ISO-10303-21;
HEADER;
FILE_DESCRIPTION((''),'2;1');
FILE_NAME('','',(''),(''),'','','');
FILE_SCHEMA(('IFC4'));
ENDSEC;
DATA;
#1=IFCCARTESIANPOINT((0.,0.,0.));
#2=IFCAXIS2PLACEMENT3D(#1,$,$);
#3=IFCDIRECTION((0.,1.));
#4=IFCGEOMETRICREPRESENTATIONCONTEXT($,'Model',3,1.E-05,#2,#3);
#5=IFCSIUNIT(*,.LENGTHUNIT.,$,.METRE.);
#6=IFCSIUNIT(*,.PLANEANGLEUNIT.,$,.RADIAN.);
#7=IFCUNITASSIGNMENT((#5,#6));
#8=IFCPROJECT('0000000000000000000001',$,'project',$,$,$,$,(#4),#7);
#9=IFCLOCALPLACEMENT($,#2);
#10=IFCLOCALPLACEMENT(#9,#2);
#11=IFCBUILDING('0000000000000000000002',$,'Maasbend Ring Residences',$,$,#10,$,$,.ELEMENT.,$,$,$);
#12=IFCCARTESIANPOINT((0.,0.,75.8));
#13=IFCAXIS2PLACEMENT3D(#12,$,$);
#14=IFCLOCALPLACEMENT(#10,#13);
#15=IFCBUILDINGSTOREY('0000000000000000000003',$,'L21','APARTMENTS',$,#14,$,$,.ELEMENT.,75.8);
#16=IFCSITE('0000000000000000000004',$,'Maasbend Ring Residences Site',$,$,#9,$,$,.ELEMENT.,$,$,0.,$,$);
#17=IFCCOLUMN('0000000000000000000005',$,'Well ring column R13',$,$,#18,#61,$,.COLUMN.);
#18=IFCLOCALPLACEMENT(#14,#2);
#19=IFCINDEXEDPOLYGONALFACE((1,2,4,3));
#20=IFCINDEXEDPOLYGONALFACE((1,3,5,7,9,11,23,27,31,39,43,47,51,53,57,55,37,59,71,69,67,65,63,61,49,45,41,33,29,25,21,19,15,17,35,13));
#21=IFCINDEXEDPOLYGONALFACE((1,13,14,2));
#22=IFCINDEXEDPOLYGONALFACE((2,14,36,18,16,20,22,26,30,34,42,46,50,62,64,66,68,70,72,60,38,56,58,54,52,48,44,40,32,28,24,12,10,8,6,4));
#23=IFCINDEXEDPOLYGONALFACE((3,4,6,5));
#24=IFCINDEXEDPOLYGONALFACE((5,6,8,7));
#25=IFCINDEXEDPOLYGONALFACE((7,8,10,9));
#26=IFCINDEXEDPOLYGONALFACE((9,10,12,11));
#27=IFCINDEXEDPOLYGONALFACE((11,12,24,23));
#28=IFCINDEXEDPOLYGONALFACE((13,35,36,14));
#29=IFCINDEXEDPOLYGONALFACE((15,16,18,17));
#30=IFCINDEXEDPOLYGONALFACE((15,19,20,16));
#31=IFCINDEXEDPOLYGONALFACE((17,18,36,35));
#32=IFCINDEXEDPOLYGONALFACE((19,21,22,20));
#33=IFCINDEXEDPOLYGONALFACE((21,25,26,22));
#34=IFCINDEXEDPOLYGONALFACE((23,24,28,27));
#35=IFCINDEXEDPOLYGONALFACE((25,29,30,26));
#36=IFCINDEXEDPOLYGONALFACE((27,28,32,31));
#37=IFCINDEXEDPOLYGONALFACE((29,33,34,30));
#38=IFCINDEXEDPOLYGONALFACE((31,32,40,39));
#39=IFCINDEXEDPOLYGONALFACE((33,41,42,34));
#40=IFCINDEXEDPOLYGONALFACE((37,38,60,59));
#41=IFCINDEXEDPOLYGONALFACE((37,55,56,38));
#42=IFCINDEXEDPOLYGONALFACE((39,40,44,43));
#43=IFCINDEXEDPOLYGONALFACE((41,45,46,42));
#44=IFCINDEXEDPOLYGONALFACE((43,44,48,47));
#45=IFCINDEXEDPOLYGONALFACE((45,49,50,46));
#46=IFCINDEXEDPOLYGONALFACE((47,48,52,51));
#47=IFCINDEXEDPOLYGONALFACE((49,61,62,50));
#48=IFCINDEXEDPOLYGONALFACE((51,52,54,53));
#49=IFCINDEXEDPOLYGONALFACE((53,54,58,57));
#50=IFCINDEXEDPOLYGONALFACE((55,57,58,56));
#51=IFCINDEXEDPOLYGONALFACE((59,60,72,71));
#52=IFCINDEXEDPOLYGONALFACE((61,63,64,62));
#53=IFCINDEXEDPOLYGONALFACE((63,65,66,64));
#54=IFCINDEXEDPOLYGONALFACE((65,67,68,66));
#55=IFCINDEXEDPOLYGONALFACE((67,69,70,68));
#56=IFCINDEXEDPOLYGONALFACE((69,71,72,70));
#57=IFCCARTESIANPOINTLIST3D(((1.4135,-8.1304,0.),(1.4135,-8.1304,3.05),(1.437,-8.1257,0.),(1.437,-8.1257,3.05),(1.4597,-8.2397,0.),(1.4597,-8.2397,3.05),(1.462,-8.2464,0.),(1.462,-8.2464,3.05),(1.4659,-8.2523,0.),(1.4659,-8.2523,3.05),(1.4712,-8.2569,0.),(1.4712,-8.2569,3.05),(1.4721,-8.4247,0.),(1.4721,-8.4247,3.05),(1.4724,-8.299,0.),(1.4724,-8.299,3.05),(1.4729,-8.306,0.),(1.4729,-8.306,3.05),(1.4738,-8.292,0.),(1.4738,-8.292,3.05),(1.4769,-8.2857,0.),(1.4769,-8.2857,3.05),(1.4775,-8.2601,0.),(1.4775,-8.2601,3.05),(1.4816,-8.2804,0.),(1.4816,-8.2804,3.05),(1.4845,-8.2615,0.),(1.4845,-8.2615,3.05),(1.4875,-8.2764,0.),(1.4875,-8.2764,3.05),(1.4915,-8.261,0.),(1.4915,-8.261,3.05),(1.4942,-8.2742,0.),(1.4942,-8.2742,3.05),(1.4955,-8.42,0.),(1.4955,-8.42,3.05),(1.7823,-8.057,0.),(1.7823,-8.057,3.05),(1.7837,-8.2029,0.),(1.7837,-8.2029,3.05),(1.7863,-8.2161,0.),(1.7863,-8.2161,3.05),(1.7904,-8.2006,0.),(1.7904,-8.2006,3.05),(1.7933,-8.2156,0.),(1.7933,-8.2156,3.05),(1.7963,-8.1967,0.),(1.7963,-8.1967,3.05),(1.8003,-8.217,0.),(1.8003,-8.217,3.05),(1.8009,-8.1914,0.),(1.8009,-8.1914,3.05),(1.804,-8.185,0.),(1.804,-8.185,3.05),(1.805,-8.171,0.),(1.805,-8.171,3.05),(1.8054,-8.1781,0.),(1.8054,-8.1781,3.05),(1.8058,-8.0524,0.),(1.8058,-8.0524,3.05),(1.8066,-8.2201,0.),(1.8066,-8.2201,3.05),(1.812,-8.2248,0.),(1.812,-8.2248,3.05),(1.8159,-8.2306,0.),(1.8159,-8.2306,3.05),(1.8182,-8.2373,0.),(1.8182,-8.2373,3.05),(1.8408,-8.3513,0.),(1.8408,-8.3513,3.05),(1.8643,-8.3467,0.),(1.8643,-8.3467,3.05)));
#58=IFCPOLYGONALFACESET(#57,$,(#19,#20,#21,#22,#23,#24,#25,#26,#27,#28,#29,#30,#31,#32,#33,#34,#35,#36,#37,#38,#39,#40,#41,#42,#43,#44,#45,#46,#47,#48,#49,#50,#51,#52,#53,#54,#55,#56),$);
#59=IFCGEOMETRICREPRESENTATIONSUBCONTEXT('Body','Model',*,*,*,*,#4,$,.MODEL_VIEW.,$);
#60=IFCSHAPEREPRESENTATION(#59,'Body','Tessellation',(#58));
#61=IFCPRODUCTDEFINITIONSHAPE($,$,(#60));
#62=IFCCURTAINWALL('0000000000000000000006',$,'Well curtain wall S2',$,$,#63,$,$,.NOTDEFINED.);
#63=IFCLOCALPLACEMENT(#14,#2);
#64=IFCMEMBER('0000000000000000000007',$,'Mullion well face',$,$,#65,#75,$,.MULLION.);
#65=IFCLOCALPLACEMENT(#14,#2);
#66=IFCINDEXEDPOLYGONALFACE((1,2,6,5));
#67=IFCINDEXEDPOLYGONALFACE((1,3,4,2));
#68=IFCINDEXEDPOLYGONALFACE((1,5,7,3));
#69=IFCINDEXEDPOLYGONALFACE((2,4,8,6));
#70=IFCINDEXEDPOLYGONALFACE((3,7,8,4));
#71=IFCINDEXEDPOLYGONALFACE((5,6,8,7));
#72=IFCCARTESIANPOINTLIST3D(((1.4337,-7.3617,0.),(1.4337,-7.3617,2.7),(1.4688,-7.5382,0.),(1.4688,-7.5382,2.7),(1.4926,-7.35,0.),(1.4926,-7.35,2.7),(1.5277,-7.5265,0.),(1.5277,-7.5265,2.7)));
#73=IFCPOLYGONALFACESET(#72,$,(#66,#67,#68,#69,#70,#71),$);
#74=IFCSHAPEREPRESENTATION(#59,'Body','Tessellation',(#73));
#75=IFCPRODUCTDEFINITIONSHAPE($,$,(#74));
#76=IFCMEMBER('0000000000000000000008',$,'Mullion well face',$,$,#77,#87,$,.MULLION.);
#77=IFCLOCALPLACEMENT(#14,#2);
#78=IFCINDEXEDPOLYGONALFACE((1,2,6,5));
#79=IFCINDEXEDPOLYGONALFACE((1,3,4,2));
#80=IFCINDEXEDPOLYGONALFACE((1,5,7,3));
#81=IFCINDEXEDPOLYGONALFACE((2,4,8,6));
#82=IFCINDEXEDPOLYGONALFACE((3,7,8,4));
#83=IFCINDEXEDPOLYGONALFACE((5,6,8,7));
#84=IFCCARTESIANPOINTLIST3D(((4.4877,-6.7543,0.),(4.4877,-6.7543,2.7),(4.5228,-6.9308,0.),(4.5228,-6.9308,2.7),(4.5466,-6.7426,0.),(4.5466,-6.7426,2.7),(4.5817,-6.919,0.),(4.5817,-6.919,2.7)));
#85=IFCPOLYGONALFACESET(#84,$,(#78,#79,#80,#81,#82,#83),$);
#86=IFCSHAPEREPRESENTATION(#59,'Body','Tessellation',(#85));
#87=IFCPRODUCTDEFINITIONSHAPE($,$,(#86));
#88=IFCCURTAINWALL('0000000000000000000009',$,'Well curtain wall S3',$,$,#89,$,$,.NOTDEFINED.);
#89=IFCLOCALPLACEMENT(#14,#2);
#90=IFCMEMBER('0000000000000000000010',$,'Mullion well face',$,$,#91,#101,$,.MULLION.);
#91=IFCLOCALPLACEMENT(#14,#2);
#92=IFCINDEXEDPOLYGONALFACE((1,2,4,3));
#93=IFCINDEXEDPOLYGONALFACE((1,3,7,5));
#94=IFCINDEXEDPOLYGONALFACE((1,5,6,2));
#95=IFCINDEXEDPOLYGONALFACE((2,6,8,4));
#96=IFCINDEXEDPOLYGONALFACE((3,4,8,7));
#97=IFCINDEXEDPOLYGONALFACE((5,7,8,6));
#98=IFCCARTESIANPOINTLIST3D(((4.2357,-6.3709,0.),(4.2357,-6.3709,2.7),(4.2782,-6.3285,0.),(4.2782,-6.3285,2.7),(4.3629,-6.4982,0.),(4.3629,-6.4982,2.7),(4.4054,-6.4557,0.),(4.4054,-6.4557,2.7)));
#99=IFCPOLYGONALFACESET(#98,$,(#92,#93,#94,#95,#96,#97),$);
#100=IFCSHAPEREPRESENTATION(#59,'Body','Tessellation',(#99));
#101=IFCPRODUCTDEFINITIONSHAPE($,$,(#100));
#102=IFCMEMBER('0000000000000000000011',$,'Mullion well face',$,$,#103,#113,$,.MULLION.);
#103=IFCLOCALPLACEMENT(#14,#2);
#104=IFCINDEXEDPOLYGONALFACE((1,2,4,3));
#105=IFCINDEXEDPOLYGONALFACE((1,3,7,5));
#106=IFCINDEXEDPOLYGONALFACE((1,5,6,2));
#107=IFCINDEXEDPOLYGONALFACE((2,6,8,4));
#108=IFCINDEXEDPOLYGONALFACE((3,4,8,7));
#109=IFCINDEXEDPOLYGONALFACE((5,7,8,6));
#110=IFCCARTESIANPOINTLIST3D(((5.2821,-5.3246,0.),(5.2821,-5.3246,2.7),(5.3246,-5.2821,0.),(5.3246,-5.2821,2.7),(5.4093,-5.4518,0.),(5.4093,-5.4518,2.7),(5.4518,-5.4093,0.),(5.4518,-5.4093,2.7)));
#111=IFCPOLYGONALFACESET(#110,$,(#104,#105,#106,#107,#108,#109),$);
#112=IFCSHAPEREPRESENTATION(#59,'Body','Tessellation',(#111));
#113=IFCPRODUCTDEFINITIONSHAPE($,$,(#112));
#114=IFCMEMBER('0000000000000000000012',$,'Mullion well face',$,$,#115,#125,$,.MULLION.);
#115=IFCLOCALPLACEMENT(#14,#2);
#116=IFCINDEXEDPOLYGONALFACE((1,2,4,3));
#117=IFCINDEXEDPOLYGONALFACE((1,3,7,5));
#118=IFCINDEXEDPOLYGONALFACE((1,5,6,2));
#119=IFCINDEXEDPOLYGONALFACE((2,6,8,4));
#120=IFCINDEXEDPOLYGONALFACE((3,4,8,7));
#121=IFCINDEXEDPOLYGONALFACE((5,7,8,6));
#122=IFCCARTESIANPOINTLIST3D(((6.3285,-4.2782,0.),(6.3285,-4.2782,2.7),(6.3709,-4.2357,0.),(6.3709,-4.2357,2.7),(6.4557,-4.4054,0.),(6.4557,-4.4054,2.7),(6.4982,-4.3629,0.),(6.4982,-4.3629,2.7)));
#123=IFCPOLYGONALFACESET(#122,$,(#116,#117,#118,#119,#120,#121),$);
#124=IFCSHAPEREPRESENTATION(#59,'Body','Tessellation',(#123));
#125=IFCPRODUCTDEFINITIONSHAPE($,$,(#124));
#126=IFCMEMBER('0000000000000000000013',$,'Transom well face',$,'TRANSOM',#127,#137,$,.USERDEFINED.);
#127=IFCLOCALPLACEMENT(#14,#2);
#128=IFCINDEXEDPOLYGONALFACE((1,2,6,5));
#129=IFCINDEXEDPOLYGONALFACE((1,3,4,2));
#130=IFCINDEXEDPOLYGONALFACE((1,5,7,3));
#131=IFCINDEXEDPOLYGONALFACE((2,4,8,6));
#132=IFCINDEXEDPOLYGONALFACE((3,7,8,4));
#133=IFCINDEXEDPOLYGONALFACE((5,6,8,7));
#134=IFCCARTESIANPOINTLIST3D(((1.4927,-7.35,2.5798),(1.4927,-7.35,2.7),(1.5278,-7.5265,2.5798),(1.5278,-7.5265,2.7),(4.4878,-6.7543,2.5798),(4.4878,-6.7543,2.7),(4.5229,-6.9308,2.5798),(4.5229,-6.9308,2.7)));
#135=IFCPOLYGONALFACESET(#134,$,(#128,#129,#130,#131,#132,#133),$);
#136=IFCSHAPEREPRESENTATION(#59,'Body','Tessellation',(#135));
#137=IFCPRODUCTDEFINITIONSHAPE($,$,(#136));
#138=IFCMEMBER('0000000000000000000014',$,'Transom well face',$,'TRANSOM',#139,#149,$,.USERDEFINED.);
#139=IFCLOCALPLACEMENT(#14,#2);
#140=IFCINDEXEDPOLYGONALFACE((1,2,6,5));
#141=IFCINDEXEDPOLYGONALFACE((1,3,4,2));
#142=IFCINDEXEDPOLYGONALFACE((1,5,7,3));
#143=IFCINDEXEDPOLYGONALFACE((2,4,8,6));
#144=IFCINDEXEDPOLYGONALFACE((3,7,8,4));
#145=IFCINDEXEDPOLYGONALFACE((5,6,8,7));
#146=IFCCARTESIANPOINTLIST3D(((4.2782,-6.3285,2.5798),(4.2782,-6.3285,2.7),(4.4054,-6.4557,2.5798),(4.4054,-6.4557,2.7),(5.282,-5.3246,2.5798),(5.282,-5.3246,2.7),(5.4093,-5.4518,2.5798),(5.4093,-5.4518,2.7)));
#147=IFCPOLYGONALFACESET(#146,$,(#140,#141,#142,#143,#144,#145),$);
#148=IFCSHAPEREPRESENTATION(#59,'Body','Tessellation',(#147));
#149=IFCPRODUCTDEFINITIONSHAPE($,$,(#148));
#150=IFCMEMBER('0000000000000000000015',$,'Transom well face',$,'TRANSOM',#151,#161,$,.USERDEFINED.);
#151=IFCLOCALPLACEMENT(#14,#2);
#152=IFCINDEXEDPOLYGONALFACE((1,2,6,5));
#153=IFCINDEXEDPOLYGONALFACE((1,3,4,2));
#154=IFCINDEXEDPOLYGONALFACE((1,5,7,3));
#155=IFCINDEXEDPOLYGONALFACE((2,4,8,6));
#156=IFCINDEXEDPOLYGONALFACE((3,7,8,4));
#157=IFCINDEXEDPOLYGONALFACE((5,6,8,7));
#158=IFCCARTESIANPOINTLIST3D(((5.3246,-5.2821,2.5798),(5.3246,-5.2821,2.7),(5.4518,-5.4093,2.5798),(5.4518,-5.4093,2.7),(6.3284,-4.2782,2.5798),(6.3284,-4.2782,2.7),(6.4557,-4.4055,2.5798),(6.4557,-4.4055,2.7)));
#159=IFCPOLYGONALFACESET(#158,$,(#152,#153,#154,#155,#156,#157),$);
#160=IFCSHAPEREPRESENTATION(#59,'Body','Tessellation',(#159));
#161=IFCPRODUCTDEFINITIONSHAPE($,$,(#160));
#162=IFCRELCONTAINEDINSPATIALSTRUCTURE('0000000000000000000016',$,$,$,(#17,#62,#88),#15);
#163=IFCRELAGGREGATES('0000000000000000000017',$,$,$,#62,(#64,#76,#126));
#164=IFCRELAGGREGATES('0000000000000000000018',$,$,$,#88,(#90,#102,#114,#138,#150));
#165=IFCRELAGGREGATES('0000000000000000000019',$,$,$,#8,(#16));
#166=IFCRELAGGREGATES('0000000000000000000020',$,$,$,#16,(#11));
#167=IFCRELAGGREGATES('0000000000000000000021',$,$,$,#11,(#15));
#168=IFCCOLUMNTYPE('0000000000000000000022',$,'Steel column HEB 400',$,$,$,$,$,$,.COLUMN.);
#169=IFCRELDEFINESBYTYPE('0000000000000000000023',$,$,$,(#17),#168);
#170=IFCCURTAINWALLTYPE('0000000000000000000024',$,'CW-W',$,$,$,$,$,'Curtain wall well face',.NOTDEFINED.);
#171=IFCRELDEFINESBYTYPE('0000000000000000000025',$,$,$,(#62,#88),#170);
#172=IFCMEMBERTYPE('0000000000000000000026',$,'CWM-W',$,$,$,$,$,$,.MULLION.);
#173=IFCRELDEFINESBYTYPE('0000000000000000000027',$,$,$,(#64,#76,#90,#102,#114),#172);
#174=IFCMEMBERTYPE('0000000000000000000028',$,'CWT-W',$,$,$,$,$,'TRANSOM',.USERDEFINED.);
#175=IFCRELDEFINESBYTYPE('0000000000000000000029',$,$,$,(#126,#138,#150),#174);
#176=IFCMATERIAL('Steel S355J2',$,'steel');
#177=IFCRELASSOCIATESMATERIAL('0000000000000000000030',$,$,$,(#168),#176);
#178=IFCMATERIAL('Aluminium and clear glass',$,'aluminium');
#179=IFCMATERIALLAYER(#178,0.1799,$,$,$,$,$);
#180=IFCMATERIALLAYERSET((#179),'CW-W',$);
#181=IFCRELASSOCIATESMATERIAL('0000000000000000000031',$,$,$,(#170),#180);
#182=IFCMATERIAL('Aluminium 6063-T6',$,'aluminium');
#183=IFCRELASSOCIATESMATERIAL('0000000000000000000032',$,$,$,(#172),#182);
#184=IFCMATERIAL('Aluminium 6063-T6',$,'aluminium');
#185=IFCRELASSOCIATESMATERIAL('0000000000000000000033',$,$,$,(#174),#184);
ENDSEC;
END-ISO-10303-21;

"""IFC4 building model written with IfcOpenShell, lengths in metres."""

from ifc_helpers import new_model, si_unit, direction, frame, origin, origin_2d, place, context, subcontext, project, spatial, rectangle, i_section, extrude, material, layer, layer_set, material_profile, profile_set, type_object, element, aggregate, save


model = new_model("IFC4")

# Units and contexts
model_context = context("Model", 3, precision=1e-05, world=origin(), true_north=direction((0.0, 1.0)))
body_context = subcontext(model_context, "Body", "Model", "MODEL_VIEW")
ifc_project = project(units=[si_unit("LENGTHUNIT", "METRE"), si_unit("PLANEANGLEUNIT", "RADIAN")], contexts=[model_context])

# Site, building, storey
site_placement = place(None, origin())
site = spatial("IfcSite", under=ifc_project, at=site_placement, Name="Maasbend Ring Residences Site", CompositionType="ELEMENT", RefElevation=0.0)
building_placement = place(site_placement, origin())
building = spatial("IfcBuilding", under=site, at=building_placement, Name="Maasbend Ring Residences", CompositionType="ELEMENT")
storey_placement = place(building_placement, frame((0.0, 0.0, 75.8)))
storey = spatial("IfcBuildingStorey", under=building, at=storey_placement, Name="L21", Description="APARTMENTS", CompositionType="ELEMENT", Elevation=75.8)

# Column
ifc_material_1 = material(Name="Steel S355J2", Category="steel")
ifc_material_profile_1 = material_profile(ifc_material_1, i_section(OverallWidth=0.3, OverallDepth=0.3999, WebThickness=0.0134, FlangeThickness=0.0239, FilletRadius=0.0271, at=origin_2d()), Name="HEB 400")
ifc_profile_set_1 = profile_set([ifc_material_profile_1], Name="Steel S355J2")
column_type = type_object("IfcColumnType", Name="Steel column HEB 400", PredefinedType="COLUMN", material=ifc_profile_set_1)
column_placement = place(storey_placement, frame((1.6389, -8.2385, 0.0), z_axis=(0.0, 0.0, 1.0), x_axis=(0.19509, -0.980785, 0.0)))
element("IfcColumn", 1, at=column_placement, inside=storey, type_object=column_type, Name="Well ring column R13", PredefinedType="COLUMN", context=body_context, shape_type="SweptSolid", body=[
    extrude(i_section(OverallWidth=0.3, OverallDepth=0.3999, WebThickness=0.0134, FlangeThickness=0.0239, FilletRadius=0.0271, at=origin_2d()), origin(), (0.0, 0.0, 1.0), 3.05),
])

# Curtain walls, members
ifc_material_2 = material(Name="Aluminium and clear glass", Category="aluminium")
ifc_layer_1 = layer(ifc_material_2, 0.1799)
ifc_layer_set_1 = layer_set([ifc_layer_1], Name="CW-W")
curtain_wall_type = type_object("IfcCurtainWallType", Name="CW-W", ElementType="Curtain wall well face", PredefinedType="NOTDEFINED", material=ifc_layer_set_1)
curtain_wall_1_placement = place(storey_placement, origin())
curtain_wall_1 = element("IfcCurtainWall", 2, at=curtain_wall_1_placement, inside=storey, type_object=curtain_wall_type, Name="Well curtain wall S2", PredefinedType="NOTDEFINED")
ifc_material_3 = material(Name="Aluminium 6063-T6", Category="aluminium")
ifc_material_profile_2 = material_profile(ifc_material_3, rectangle(XDim=0.1799, YDim=0.0601, at=origin_2d()), Name="AL 180x60")
ifc_profile_set_2 = profile_set([ifc_material_profile_2], Name="Aluminium 6063-T6")
member_type_1 = type_object("IfcMemberType", Name="CWM-W", PredefinedType="MULLION", material=ifc_profile_set_2)
member_1_placement = place(storey_placement, frame((1.4807, -7.4441, 0.0), z_axis=(0.0, 0.0, 1.0), x_axis=(-0.19509, 0.980785, 0.0)))
member_1 = element("IfcMember", 3, at=member_1_placement, type_object=member_type_1, Name="Mullion well face", PredefinedType="MULLION", context=body_context, shape_type="SweptSolid", body=[
    extrude(rectangle(XDim=0.1799, YDim=0.0601, at=origin_2d()), origin(), (0.0, 0.0, 1.0), 2.7),
])
member_2_placement = place(storey_placement, frame((4.5347, -6.8367, 0.0), z_axis=(0.0, 0.0, 1.0), x_axis=(-0.19509, 0.980785, 0.0)))
member_2 = element("IfcMember", 4, at=member_2_placement, type_object=member_type_1, Name="Mullion well face", PredefinedType="MULLION", context=body_context, shape_type="SweptSolid", body=[
    extrude(rectangle(XDim=0.1799, YDim=0.0601, at=origin_2d()), origin(), (0.0, 0.0, 1.0), 2.7),
])
curtain_wall_2_placement = place(storey_placement, origin())
curtain_wall_2 = element("IfcCurtainWall", 5, at=curtain_wall_2_placement, inside=storey, type_object=curtain_wall_type, Name="Well curtain wall S3", PredefinedType="NOTDEFINED")
member_3_placement = place(storey_placement, frame((4.3206, -6.4133, 0.0), z_axis=(0.0, 0.0, 1.0), x_axis=(-0.707107, 0.707107, 0.0)))
member_3 = element("IfcMember", 6, at=member_3_placement, type_object=member_type_1, Name="Mullion well face", PredefinedType="MULLION", context=body_context, shape_type="SweptSolid", body=[
    extrude(rectangle(XDim=0.1799, YDim=0.0601, at=origin_2d()), origin(), (0.0, 0.0, 1.0), 2.7),
])
member_4_placement = place(storey_placement, frame((5.3669, -5.3669, 0.0), z_axis=(0.0, 0.0, 1.0), x_axis=(-0.707107, 0.707107, 0.0)))
member_4 = element("IfcMember", 7, at=member_4_placement, type_object=member_type_1, Name="Mullion well face", PredefinedType="MULLION", context=body_context, shape_type="SweptSolid", body=[
    extrude(rectangle(XDim=0.1799, YDim=0.0601, at=origin_2d()), origin(), (0.0, 0.0, 1.0), 2.7),
])
member_5_placement = place(storey_placement, frame((6.4133, -4.3206, 0.0), z_axis=(0.0, 0.0, 1.0), x_axis=(-0.707107, 0.707107, 0.0)))
member_5 = element("IfcMember", 8, at=member_5_placement, type_object=member_type_1, Name="Mullion well face", PredefinedType="MULLION", context=body_context, shape_type="SweptSolid", body=[
    extrude(rectangle(XDim=0.1799, YDim=0.0601, at=origin_2d()), origin(), (0.0, 0.0, 1.0), 2.7),
])

# Members
ifc_material_4 = material(Name="Aluminium 6063-T6", Category="aluminium")
ifc_material_profile_3 = material_profile(ifc_material_4, rectangle(XDim=0.1799, YDim=0.1201, at=origin_2d()), Name="AL 180x120")
ifc_profile_set_3 = profile_set([ifc_material_profile_3], Name="Aluminium 6063-T6")
member_type_2 = type_object("IfcMemberType", Name="CWT-W", ElementType="TRANSOM", PredefinedType="USERDEFINED", material=ifc_profile_set_3)
member_6_placement = place(storey_placement, frame((1.5103, -7.4382, 2.6399), z_axis=(0.980789, 0.195071, 0.0), x_axis=(-0.195071, 0.980789, 0.0)))
member_6 = element("IfcMember", 9, at=member_6_placement, type_object=member_type_2, Name="Transom well face", ObjectType="TRANSOM", PredefinedType="USERDEFINED", context=body_context, shape_type="SweptSolid", body=[
    extrude(rectangle(XDim=0.1799, YDim=0.1201, at=origin_2d()), origin(), (0.0, 0.0, 1.0), 3.0537),
])
member_7_placement = place(storey_placement, frame((4.3418, -6.3921, 2.6399), z_axis=(0.707107, 0.707107, 0.0), x_axis=(-0.707107, 0.707107, 0.0)))
member_7 = element("IfcMember", 10, at=member_7_placement, type_object=member_type_2, Name="Transom well face", ObjectType="TRANSOM", PredefinedType="USERDEFINED", context=body_context, shape_type="SweptSolid", body=[
    extrude(rectangle(XDim=0.1799, YDim=0.1201, at=origin_2d()), origin(), (0.0, 0.0, 1.0), 1.4197),
])
member_8_placement = place(storey_placement, frame((5.3882, -5.3457, 2.6399), z_axis=(0.707107, 0.707107, 0.0), x_axis=(-0.707107, 0.707107, 0.0)))
member_8 = element("IfcMember", 11, at=member_8_placement, type_object=member_type_2, Name="Transom well face", ObjectType="TRANSOM", PredefinedType="USERDEFINED", context=body_context, shape_type="SweptSolid", body=[
    extrude(rectangle(XDim=0.1799, YDim=0.1201, at=origin_2d()), origin(), (0.0, 0.0, 1.0), 1.4197),
])

aggregate(curtain_wall_1, [member_1, member_2, member_6])
aggregate(curtain_wall_2, [member_3, member_4, member_5, member_7, member_8])

save(model, "model.ifc")
